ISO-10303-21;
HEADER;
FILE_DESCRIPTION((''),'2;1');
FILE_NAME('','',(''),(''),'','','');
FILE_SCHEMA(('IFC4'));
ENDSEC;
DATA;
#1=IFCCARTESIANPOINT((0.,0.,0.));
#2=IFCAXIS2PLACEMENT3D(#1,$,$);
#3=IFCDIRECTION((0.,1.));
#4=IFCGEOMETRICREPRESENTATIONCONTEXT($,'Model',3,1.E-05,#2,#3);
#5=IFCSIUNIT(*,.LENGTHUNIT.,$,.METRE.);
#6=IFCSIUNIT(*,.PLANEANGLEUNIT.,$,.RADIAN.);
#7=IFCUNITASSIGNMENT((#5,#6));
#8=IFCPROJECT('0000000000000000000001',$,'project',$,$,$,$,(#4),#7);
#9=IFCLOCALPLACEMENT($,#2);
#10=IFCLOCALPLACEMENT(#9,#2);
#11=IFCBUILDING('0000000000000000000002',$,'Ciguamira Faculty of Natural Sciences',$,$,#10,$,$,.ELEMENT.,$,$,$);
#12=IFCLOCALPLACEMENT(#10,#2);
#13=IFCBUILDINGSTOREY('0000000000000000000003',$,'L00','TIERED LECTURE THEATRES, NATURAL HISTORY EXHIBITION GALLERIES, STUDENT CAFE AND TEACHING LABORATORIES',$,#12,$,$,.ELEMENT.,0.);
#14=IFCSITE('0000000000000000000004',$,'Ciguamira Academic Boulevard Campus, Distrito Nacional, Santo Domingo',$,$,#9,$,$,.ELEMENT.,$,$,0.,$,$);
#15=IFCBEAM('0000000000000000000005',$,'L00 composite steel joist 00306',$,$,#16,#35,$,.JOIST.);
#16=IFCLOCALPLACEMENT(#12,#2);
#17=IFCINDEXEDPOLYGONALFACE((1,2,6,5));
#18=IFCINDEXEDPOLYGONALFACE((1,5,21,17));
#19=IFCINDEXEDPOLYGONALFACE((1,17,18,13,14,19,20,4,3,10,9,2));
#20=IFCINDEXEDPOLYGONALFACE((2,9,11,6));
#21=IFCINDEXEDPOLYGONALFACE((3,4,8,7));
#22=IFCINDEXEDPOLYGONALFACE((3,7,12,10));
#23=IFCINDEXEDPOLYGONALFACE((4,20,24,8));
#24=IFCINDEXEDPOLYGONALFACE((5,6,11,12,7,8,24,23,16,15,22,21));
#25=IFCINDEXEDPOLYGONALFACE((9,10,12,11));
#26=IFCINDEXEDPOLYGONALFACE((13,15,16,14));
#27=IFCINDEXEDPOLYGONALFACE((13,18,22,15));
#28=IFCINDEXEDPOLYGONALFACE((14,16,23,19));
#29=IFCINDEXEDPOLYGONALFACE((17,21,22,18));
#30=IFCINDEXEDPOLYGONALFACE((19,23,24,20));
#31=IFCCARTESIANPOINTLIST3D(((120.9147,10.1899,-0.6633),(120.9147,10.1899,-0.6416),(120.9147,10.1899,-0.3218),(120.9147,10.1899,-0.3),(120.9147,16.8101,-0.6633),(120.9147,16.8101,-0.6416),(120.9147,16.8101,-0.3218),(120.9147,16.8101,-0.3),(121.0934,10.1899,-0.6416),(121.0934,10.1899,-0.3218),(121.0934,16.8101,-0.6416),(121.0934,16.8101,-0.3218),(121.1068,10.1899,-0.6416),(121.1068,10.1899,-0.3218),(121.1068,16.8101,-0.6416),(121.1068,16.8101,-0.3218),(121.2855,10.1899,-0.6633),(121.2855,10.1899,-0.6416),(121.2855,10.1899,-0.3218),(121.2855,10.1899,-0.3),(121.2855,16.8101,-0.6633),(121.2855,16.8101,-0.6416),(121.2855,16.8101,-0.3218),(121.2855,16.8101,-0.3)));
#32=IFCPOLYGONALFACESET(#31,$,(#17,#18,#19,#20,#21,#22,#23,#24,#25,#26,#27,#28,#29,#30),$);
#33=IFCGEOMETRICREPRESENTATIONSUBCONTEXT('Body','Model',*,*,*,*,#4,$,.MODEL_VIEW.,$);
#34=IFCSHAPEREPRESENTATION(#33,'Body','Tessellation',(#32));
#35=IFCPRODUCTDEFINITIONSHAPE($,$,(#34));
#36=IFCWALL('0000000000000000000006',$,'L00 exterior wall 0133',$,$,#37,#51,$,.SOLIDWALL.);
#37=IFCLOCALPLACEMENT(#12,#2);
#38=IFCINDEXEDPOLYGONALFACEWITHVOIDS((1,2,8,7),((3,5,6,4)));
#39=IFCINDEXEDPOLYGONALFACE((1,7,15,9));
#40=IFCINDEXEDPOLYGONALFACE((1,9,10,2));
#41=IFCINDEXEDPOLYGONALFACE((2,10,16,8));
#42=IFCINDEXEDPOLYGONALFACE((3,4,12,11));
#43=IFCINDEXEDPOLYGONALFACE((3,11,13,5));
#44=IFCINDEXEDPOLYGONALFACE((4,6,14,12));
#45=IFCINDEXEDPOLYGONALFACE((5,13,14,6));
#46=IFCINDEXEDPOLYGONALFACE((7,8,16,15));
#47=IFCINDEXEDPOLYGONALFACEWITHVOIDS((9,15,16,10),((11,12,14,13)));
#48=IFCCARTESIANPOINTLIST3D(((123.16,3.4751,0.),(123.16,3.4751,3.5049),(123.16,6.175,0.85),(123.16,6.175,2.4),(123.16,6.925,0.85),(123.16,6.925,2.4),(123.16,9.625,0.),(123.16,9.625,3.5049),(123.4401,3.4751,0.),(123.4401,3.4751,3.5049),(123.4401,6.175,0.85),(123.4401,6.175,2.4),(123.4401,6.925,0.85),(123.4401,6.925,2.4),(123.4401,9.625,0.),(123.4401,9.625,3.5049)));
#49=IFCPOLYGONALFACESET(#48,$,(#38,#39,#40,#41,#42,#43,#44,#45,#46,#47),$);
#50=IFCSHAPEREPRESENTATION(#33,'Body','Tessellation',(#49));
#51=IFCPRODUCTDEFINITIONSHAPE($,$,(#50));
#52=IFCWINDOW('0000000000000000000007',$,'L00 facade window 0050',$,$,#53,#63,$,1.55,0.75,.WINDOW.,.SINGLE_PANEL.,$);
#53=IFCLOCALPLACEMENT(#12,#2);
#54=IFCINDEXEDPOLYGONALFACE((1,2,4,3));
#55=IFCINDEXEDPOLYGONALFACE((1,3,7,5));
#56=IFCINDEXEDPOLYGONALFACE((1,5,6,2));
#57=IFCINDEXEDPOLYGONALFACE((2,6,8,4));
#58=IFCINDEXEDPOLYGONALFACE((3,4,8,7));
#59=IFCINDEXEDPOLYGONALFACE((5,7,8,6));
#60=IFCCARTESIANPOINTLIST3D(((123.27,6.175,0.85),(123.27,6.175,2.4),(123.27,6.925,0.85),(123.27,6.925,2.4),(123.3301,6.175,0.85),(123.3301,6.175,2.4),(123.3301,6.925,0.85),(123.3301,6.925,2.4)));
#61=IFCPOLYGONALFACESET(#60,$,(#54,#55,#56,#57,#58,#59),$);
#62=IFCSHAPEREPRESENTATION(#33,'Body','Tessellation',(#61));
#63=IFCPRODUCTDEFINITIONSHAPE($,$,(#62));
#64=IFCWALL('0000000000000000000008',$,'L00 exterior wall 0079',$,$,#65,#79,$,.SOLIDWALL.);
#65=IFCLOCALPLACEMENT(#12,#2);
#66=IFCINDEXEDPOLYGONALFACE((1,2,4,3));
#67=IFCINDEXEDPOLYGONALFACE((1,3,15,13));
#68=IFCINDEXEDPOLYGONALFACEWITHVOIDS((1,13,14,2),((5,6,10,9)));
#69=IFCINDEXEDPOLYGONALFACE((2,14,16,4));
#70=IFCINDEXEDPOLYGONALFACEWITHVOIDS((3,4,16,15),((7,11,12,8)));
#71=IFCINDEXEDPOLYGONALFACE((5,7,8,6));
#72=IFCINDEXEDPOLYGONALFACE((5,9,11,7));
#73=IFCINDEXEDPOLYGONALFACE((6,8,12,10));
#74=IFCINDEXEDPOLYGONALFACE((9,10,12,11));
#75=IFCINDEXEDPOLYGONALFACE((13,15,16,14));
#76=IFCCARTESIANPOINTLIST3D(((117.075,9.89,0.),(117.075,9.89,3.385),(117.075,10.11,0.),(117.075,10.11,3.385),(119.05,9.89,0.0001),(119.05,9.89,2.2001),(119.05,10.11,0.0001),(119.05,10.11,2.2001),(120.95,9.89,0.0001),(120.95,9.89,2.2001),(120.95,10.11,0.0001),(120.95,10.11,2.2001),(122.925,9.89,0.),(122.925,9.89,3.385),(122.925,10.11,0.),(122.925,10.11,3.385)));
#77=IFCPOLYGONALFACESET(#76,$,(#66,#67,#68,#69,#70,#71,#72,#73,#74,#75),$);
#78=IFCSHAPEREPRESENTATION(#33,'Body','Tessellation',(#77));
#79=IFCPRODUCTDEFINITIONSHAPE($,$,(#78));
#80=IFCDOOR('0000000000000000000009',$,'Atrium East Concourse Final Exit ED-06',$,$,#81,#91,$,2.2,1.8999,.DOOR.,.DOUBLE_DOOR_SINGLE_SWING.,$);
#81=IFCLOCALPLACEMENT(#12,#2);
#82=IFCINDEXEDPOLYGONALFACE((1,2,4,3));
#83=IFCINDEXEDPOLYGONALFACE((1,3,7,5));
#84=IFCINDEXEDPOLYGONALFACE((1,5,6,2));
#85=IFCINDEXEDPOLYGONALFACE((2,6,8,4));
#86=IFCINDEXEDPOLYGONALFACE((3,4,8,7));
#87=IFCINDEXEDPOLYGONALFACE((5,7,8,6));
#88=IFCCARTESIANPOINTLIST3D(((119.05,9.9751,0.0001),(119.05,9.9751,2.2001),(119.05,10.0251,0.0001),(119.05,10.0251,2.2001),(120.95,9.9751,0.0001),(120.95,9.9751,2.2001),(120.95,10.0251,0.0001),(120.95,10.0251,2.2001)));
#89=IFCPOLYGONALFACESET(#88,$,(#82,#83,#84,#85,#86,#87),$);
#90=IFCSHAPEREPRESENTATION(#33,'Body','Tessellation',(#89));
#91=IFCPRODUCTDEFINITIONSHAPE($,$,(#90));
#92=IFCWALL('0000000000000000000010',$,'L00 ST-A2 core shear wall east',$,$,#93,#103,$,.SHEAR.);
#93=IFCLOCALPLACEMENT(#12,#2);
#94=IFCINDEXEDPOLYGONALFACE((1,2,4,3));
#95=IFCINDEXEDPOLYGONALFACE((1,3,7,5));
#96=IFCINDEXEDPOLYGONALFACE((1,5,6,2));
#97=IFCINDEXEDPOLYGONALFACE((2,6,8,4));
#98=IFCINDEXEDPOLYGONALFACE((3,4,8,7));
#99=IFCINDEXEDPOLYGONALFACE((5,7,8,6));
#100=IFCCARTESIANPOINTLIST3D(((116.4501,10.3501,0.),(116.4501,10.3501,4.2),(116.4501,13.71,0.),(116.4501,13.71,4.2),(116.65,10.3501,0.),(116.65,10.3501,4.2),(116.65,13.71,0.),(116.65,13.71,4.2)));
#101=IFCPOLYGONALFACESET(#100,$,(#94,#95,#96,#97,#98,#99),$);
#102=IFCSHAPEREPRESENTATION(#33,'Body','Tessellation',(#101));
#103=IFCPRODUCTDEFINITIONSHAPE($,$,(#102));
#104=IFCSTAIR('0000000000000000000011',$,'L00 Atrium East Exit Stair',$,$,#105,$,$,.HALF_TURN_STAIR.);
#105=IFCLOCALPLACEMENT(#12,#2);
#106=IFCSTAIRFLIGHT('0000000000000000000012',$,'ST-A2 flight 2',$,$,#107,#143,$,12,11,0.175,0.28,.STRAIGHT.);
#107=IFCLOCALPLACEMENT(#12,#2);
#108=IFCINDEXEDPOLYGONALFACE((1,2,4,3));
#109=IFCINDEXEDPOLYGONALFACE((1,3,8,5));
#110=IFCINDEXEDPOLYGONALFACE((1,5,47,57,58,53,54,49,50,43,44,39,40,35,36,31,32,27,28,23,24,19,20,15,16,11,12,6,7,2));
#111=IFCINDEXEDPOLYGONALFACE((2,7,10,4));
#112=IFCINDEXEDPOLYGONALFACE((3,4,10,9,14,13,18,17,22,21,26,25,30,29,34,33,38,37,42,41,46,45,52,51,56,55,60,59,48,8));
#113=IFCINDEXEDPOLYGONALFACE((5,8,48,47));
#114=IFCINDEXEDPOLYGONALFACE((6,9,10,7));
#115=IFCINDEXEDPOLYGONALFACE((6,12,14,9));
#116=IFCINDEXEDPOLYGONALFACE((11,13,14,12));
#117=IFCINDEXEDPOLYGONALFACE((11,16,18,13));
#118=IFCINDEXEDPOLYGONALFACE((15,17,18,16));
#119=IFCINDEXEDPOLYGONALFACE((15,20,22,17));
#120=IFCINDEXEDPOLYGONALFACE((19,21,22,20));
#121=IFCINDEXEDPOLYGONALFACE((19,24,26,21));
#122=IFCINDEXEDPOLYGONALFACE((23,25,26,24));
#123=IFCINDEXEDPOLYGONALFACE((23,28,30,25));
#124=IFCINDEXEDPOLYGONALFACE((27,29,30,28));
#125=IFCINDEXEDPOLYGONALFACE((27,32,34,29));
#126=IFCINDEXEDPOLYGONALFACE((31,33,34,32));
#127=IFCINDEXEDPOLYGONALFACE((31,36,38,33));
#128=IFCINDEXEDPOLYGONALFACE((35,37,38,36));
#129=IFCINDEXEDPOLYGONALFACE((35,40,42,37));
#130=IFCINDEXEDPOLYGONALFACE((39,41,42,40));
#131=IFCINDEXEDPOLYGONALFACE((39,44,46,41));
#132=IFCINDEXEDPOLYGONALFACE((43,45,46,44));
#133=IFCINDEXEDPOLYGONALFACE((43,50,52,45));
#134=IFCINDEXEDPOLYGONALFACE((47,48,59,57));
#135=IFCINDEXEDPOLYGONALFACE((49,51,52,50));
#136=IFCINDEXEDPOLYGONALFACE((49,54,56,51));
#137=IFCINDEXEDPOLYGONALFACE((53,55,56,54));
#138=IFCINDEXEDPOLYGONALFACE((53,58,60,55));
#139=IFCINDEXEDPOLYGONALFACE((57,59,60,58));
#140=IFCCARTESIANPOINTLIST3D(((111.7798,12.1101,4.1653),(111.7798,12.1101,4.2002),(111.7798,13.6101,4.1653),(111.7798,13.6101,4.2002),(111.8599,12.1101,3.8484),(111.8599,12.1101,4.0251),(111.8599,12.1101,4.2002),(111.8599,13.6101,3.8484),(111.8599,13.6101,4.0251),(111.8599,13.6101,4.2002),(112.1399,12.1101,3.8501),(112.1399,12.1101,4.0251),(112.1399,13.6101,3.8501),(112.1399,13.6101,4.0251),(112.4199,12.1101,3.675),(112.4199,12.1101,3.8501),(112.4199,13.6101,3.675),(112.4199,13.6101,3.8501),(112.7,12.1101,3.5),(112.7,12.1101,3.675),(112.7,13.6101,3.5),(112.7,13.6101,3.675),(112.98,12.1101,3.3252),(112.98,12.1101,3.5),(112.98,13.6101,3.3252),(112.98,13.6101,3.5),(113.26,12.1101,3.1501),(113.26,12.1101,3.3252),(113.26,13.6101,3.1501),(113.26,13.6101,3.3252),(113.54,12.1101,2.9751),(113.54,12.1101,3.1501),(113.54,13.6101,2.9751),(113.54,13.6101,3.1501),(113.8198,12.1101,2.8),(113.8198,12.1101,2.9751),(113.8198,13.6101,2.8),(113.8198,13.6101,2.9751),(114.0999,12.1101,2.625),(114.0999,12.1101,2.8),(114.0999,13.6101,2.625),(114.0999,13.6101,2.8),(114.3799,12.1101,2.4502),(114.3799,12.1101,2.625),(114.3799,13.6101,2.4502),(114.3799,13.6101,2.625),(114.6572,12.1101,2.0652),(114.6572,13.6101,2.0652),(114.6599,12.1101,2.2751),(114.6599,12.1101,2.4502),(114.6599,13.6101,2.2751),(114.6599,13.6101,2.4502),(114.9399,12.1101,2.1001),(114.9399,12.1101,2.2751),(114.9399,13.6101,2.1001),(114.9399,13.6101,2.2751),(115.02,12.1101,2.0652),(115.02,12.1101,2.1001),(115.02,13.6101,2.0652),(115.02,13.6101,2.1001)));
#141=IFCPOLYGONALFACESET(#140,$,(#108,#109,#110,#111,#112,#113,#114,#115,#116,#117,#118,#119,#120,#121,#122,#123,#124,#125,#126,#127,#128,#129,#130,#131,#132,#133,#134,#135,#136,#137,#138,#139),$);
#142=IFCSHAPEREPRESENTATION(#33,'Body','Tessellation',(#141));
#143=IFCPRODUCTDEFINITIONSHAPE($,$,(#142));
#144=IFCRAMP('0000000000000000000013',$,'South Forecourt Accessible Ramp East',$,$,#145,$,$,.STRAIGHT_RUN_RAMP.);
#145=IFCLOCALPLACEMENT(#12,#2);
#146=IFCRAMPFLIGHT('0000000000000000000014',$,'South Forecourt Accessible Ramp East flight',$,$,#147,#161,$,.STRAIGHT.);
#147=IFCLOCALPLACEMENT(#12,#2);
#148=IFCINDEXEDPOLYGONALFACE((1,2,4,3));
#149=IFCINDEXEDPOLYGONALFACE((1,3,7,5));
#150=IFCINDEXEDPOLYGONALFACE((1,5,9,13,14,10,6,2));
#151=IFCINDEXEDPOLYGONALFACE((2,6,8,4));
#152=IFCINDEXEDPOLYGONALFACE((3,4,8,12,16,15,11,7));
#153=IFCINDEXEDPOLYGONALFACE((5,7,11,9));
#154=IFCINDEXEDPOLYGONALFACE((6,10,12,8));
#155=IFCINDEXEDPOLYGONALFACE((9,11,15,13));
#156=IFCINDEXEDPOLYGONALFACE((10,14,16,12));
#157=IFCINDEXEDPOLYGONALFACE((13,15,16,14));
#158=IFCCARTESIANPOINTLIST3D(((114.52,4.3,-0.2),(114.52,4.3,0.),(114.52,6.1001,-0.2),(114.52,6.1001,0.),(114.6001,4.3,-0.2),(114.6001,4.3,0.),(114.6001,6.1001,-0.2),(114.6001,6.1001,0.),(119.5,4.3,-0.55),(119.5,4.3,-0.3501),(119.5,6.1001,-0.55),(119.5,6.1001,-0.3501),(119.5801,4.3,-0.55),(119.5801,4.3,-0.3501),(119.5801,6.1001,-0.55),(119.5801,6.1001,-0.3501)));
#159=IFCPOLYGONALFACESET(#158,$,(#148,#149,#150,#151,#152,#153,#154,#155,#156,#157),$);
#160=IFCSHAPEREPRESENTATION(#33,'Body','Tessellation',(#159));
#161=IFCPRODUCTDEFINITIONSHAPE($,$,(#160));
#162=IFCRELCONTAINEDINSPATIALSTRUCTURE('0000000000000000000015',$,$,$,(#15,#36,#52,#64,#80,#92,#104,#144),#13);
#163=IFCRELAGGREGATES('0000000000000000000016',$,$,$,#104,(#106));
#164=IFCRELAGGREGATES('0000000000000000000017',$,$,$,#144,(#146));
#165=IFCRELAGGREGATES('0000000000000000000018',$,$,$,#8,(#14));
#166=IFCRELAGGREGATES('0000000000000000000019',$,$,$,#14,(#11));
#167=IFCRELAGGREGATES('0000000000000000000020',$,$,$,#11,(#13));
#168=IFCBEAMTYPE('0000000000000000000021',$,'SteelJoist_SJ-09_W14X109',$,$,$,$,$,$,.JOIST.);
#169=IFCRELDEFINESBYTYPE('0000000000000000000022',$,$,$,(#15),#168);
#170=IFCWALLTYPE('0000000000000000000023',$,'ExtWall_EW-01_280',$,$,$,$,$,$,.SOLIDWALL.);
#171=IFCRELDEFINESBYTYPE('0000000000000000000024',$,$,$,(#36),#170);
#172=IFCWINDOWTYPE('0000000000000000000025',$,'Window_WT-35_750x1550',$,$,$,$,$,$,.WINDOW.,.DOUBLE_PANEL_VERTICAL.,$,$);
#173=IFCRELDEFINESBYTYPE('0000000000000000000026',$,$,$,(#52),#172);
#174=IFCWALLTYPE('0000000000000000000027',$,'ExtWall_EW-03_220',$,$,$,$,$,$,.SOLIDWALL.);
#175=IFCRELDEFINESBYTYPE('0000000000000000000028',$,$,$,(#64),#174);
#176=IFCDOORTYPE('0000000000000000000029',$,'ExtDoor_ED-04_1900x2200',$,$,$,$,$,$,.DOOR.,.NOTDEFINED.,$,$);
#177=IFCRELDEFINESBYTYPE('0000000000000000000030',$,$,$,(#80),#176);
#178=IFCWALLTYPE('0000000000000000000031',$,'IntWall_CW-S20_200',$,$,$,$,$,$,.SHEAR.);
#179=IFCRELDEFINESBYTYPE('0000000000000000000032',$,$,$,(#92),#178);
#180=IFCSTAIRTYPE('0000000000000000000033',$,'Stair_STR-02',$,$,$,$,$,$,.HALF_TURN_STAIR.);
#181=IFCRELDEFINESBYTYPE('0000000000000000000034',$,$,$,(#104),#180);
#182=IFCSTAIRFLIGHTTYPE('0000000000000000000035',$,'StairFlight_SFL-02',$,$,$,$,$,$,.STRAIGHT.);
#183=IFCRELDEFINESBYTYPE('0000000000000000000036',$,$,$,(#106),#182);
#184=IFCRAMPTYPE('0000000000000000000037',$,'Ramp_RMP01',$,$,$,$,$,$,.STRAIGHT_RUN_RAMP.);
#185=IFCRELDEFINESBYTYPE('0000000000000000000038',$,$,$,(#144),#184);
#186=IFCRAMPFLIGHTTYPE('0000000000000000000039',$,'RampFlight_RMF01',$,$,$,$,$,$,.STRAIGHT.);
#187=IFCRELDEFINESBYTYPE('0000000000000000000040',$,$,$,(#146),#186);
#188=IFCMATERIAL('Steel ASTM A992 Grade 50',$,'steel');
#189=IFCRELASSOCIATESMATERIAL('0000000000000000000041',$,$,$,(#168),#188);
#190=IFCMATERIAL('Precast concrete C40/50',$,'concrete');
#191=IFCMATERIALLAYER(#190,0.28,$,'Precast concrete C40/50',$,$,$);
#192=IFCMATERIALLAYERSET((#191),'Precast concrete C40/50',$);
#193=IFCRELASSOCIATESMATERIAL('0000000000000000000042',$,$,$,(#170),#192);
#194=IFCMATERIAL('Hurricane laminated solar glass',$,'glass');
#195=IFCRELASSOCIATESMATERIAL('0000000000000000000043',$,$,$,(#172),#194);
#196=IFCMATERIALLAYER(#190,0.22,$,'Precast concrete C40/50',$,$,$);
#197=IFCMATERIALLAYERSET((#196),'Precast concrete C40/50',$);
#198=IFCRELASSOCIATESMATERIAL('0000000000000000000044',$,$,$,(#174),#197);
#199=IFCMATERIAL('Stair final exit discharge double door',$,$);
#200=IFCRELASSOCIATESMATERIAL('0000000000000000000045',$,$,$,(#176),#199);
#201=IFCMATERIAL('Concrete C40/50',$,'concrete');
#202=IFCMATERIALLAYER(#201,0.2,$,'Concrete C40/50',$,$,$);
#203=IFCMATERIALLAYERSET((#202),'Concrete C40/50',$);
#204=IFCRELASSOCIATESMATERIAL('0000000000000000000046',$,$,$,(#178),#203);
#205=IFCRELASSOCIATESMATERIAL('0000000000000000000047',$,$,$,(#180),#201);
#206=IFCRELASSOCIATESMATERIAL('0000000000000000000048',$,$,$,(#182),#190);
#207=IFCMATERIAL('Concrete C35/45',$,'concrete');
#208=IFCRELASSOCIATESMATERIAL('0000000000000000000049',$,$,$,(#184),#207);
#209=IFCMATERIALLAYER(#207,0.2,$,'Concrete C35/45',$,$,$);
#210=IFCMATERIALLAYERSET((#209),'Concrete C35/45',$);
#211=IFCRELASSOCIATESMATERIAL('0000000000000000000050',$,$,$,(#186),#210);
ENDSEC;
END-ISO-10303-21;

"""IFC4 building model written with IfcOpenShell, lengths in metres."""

from ifc_helpers import new_model, si_unit, direction, frame, frame_2d, origin, origin_2d, place, context, subcontext, project, spatial, polyline, rectangle, i_section, outline, extrude, material, layer, layer_set, material_profile, profile_set, type_object, element, fill, aggregate, save


model = new_model("IFC4")

# Units and contexts
model_context = context("Model", 3, precision=1e-05, world=origin(), true_north=direction((0.0, 1.0)))
body_context = subcontext(model_context, "Body", "Model", "MODEL_VIEW")
ifc_project = project(units=[si_unit("LENGTHUNIT", "METRE"), si_unit("PLANEANGLEUNIT", "RADIAN")], contexts=[model_context])

# Site, building, storey
site_placement = place(None, origin())
site = spatial("IfcSite", under=ifc_project, at=site_placement, Name="Ciguamira Academic Boulevard Campus, Distrito Nacional, Santo Domingo", CompositionType="ELEMENT", RefElevation=0.0)
building_placement = place(site_placement, origin())
building = spatial("IfcBuilding", under=site, at=building_placement, Name="Ciguamira Faculty of Natural Sciences", CompositionType="ELEMENT")
storey_placement = place(building_placement, origin())
storey = spatial("IfcBuildingStorey", under=building, at=storey_placement, Name="L00", Description="TIERED LECTURE THEATRES, NATURAL HISTORY EXHIBITION GALLERIES, STUDENT CAFE AND TEACHING LABORATORIES", CompositionType="ELEMENT", Elevation=0.0)

# Shared definitions
ifc_material_1 = material(Name="Concrete C40/50", Category="concrete")

# Beam
ifc_material_2 = material(Name="Precast concrete C40/50", Category="concrete")
ifc_material_3 = material(Name="Steel ASTM A992 Grade 50", Category="steel")
ifc_material_profile_1 = material_profile(ifc_material_3, i_section(OverallWidth=0.3708, OverallDepth=0.3633, WebThickness=0.0134, FlangeThickness=0.0217, at=origin_2d()), Name="W14X109")
ifc_profile_set_1 = profile_set([ifc_material_profile_1], Name="Steel ASTM A992 Grade 50")
beam_type_1 = type_object("IfcBeamType", Name="SteelJoist_SJ-09_W14X109", PredefinedType="JOIST", material=ifc_profile_set_1)
beam_1_placement = place(storey_placement, frame((121.1001, 10.1899, -0.4817), z_axis=(0.0, 1.0, 0.0), x_axis=(-1.0, 0.0, 0.0)))
element("IfcBeam", 1, at=beam_1_placement, inside=storey, type_object=beam_type_1, Name="L00 composite steel joist 00306", PredefinedType="JOIST", context=body_context, shape_type="SweptSolid", body=[
    extrude(i_section(OverallWidth=0.3708, OverallDepth=0.3633, WebThickness=0.0134, FlangeThickness=0.0217, at=origin_2d()), origin(), (0.0, 0.0, 1.0), 6.6201),
])

# Wall, opening, window
ifc_layer_1 = layer(ifc_material_2, 0.28, Name="Precast concrete C40/50")
ifc_layer_set_1 = layer_set([ifc_layer_1], Name="Precast concrete C40/50")
wall_type_1 = type_object("IfcWallType", Name="ExtWall_EW-01_280", PredefinedType="SOLIDWALL", material=ifc_layer_set_1)
wall_1_placement = place(storey_placement, frame((123.3, 3.4751, 0.0), z_axis=(0.0, 0.0, 1.0), x_axis=(0.0, 1.0, 0.0)))
wall_1 = element("IfcWall", 2, at=wall_1_placement, inside=storey, type_object=wall_type_1, Name="L00 exterior wall 0133", PredefinedType="SOLIDWALL", context=body_context, shape_type="SweptSolid", body=[
    extrude(rectangle(XDim=6.1499, YDim=0.28, at=frame_2d((3.075, 0.0))), origin(), (0.0, 0.0, 1.0), 3.5049),
])
opening_1_placement = place(wall_1_placement, frame((2.7, 0.0, 0.8501)))
opening_1 = element("IfcOpeningElement", 3, at=opening_1_placement, cuts=wall_1, PredefinedType="OPENING", context=body_context, shape_type="SweptSolid", body=[
    extrude(rectangle(XDim=0.75, YDim=1.55, at=frame_2d((0.375, 0.7749))), frame((0.0, 0.1499, 0.0), z_axis=(0.0, -1.0, 0.0), x_axis=(1.0, 0.0, 0.0)), (0.0, 0.0, 1.0), 0.3),
])
ifc_material_4 = material(Name="Hurricane laminated solar glass", Category="glass")
window_type = type_object("IfcWindowType", Name="Window_WT-35_750x1550", PartitioningType="DOUBLE_PANEL_VERTICAL", PredefinedType="WINDOW", material=ifc_material_4)
window_placement = place(opening_1_placement, origin())
window = element("IfcWindow", 4, at=window_placement, inside=storey, type_object=window_type, Name="L00 facade window 0050", OverallHeight=1.55, OverallWidth=0.75, PartitioningType="SINGLE_PANEL", PredefinedType="WINDOW", context=body_context, shape_type="SweptSolid", body=[
    extrude(rectangle(XDim=0.75, YDim=1.55, at=frame_2d((0.375, 0.7749))), frame((0.0, 0.03, 0.0), z_axis=(0.0, -1.0, 0.0), x_axis=(1.0, 0.0, 0.0)), (0.0, 0.0, 1.0), 0.0601),
])
fill(opening_1, window)

# Wall, opening, door
ifc_layer_2 = layer(ifc_material_2, 0.22, Name="Precast concrete C40/50")
ifc_layer_set_2 = layer_set([ifc_layer_2], Name="Precast concrete C40/50")
wall_type_2 = type_object("IfcWallType", Name="ExtWall_EW-03_220", PredefinedType="SOLIDWALL", material=ifc_layer_set_2)
wall_2_placement = place(storey_placement, frame((117.075, 10.0, 0.0), z_axis=(0.0, 0.0, 1.0), x_axis=(1.0, 0.0, 0.0)))
wall_2 = element("IfcWall", 5, at=wall_2_placement, inside=storey, type_object=wall_type_2, Name="L00 exterior wall 0079", PredefinedType="SOLIDWALL", context=body_context, shape_type="SweptSolid", body=[
    extrude(rectangle(XDim=5.8501, YDim=0.22, at=frame_2d((2.925, 0.0))), origin(), (0.0, 0.0, 1.0), 3.385),
])
opening_2_placement = place(wall_2_placement, frame((1.9751, 0.0, 0.0)))
opening_2 = element("IfcOpeningElement", 6, at=opening_2_placement, cuts=wall_2, PredefinedType="OPENING", context=body_context, shape_type="SweptSolid", body=[
    extrude(rectangle(XDim=1.8999, YDim=2.2, at=frame_2d((0.95, 1.1001))), frame((0.0, 0.1199, 0.0), z_axis=(0.0, -1.0, 0.0), x_axis=(1.0, 0.0, 0.0)), (0.0, 0.0, 1.0), 0.24),
])
ifc_material_5 = material(Name="Stair final exit discharge double door")
door_type = type_object("IfcDoorType", Name="ExtDoor_ED-04_1900x2200", OperationType="NOTDEFINED", PredefinedType="DOOR", material=ifc_material_5)
door_placement = place(opening_2_placement, frame((1.8999, 0.0, 0.0), z_axis=(0.0, 0.0, 1.0), x_axis=(-1.0, 0.0, 0.0)))
door = element("IfcDoor", 7, at=door_placement, inside=storey, type_object=door_type, Name="Atrium East Concourse Final Exit ED-06", OperationType="DOUBLE_DOOR_SINGLE_SWING", OverallHeight=2.2, OverallWidth=1.8999, PredefinedType="DOOR", context=body_context, shape_type="SweptSolid", body=[
    extrude(rectangle(XDim=1.8999, YDim=2.2, at=frame_2d((0.95, 1.1001))), frame((0.0, 0.0249, 0.0), z_axis=(0.0, -1.0, 0.0), x_axis=(1.0, 0.0, 0.0)), (0.0, 0.0, 1.0), 0.05),
])
fill(opening_2, door)

# Wall
ifc_layer_3 = layer(ifc_material_1, 0.2, Name="Concrete C40/50")
ifc_layer_set_3 = layer_set([ifc_layer_3], Name="Concrete C40/50")
wall_type_3 = type_object("IfcWallType", Name="IntWall_CW-S20_200", PredefinedType="SHEAR", material=ifc_layer_set_3)
wall_3_placement = place(storey_placement, frame((116.55, 10.3501, 0.0), z_axis=(0.0, 0.0, 1.0), x_axis=(0.0, 1.0, 0.0)))
element("IfcWall", 8, at=wall_3_placement, inside=storey, type_object=wall_type_3, Name="L00 ST-A2 core shear wall east", PredefinedType="SHEAR", context=body_context, shape_type="SweptSolid", body=[
    extrude(rectangle(XDim=3.3599, YDim=0.2, at=frame_2d((1.6799, 0.0))), origin(), (0.0, 0.0, 1.0), 4.2),
])

# Stair, stair flight
stair_type = type_object("IfcStairType", Name="Stair_STR-02", PredefinedType="HALF_TURN_STAIR", material=ifc_material_1)
stair_placement = place(storey_placement, origin())
stair = element("IfcStair", 9, at=stair_placement, inside=storey, type_object=stair_type, Name="L00 Atrium East Exit Stair", PredefinedType="HALF_TURN_STAIR")
stair_flight_type = type_object("IfcStairFlightType", Name="StairFlight_SFL-02", PredefinedType="STRAIGHT", material=ifc_material_2)
stair_flight_placement = place(storey_placement, frame((114.9399, 12.8601, 2.1001), z_axis=(0.0, 0.0, 1.0), x_axis=(-1.0, 0.0, 0.0)))
stair_flight = element("IfcStairFlight", 10, at=stair_flight_placement, type_object=stair_flight_type, Name="ST-A2 flight 2", NumberOfRisers=12, NumberOfTreads=11, PredefinedType="STRAIGHT", RiserHeight=0.175, TreadLength=0.28, context=body_context, shape_type="SweptSolid", body=[
    extrude(outline(polyline([(-0.0801, -0.0349), (-0.0801, 0.0), (0.0, 0.0), (0.0, 0.175), (0.28, 0.175), (0.28, 0.3501), (0.5601, 0.3501), (0.5601, 0.5249), (0.8401, 0.5249), (0.8401, 0.7), (1.1201, 0.7), (1.1201, 0.875), (1.3999, 0.875), (1.3999, 1.05), (1.6799, 1.05), (1.6799, 1.2251), (1.96, 1.2251), (1.96, 1.3999), (2.24, 1.3999), (2.24, 1.575), (2.52, 1.575), (2.52, 1.75), (2.8, 1.75), (2.8, 1.925), (3.0801, 1.925), (3.0801, 2.1001), (3.1602, 2.1001), (3.1602, 2.0652), (3.0801, 1.7483), (0.2827, -0.0349), (-0.0801, -0.0349)])), frame((0.0, 0.75, 0.0), z_axis=(0.0, -1.0, 0.0), x_axis=(1.0, 0.0, 0.0)), (0.0, 0.0, 1.0), 1.5),
])
aggregate(stair, [stair_flight])

# Ramp, ramp flight
ifc_material_6 = material(Name="Concrete C35/45", Category="concrete")
ramp_type = type_object("IfcRampType", Name="Ramp_RMP01", PredefinedType="STRAIGHT_RUN_RAMP", material=ifc_material_6)
ramp_placement = place(storey_placement, origin())
ramp = element("IfcRamp", 11, at=ramp_placement, inside=storey, type_object=ramp_type, Name="South Forecourt Accessible Ramp East", PredefinedType="STRAIGHT_RUN_RAMP")
ifc_layer_4 = layer(ifc_material_6, 0.2, Name="Concrete C35/45")
ifc_layer_set_4 = layer_set([ifc_layer_4], Name="Concrete C35/45")
ramp_flight_type = type_object("IfcRampFlightType", Name="RampFlight_RMF01", PredefinedType="STRAIGHT", material=ifc_layer_set_4)
ramp_flight_placement = place(storey_placement, frame((119.5, 5.2, -0.3501), z_axis=(0.0, 0.0, 1.0), x_axis=(-1.0, 0.0, 0.0)))
ramp_flight = element("IfcRampFlight", 12, at=ramp_flight_placement, type_object=ramp_flight_type, Name="South Forecourt Accessible Ramp East flight", PredefinedType="STRAIGHT", context=body_context, shape_type="SweptSolid", body=[
    extrude(outline(polyline([(-0.0801, -0.2), (-0.0801, 0.0), (0.0, 0.0), (4.8999, 0.3501), (4.98, 0.3501), (4.98, 0.1501), (4.8999, 0.1501), (0.0, -0.2), (-0.0801, -0.2)])), frame((0.0, 0.8999, 0.0), z_axis=(0.0, -1.0, 0.0), x_axis=(1.0, 0.0, 0.0)), (0.0, 0.0, 1.0), 1.8),
])
aggregate(ramp, [ramp_flight])

save(model, "model.ifc")
